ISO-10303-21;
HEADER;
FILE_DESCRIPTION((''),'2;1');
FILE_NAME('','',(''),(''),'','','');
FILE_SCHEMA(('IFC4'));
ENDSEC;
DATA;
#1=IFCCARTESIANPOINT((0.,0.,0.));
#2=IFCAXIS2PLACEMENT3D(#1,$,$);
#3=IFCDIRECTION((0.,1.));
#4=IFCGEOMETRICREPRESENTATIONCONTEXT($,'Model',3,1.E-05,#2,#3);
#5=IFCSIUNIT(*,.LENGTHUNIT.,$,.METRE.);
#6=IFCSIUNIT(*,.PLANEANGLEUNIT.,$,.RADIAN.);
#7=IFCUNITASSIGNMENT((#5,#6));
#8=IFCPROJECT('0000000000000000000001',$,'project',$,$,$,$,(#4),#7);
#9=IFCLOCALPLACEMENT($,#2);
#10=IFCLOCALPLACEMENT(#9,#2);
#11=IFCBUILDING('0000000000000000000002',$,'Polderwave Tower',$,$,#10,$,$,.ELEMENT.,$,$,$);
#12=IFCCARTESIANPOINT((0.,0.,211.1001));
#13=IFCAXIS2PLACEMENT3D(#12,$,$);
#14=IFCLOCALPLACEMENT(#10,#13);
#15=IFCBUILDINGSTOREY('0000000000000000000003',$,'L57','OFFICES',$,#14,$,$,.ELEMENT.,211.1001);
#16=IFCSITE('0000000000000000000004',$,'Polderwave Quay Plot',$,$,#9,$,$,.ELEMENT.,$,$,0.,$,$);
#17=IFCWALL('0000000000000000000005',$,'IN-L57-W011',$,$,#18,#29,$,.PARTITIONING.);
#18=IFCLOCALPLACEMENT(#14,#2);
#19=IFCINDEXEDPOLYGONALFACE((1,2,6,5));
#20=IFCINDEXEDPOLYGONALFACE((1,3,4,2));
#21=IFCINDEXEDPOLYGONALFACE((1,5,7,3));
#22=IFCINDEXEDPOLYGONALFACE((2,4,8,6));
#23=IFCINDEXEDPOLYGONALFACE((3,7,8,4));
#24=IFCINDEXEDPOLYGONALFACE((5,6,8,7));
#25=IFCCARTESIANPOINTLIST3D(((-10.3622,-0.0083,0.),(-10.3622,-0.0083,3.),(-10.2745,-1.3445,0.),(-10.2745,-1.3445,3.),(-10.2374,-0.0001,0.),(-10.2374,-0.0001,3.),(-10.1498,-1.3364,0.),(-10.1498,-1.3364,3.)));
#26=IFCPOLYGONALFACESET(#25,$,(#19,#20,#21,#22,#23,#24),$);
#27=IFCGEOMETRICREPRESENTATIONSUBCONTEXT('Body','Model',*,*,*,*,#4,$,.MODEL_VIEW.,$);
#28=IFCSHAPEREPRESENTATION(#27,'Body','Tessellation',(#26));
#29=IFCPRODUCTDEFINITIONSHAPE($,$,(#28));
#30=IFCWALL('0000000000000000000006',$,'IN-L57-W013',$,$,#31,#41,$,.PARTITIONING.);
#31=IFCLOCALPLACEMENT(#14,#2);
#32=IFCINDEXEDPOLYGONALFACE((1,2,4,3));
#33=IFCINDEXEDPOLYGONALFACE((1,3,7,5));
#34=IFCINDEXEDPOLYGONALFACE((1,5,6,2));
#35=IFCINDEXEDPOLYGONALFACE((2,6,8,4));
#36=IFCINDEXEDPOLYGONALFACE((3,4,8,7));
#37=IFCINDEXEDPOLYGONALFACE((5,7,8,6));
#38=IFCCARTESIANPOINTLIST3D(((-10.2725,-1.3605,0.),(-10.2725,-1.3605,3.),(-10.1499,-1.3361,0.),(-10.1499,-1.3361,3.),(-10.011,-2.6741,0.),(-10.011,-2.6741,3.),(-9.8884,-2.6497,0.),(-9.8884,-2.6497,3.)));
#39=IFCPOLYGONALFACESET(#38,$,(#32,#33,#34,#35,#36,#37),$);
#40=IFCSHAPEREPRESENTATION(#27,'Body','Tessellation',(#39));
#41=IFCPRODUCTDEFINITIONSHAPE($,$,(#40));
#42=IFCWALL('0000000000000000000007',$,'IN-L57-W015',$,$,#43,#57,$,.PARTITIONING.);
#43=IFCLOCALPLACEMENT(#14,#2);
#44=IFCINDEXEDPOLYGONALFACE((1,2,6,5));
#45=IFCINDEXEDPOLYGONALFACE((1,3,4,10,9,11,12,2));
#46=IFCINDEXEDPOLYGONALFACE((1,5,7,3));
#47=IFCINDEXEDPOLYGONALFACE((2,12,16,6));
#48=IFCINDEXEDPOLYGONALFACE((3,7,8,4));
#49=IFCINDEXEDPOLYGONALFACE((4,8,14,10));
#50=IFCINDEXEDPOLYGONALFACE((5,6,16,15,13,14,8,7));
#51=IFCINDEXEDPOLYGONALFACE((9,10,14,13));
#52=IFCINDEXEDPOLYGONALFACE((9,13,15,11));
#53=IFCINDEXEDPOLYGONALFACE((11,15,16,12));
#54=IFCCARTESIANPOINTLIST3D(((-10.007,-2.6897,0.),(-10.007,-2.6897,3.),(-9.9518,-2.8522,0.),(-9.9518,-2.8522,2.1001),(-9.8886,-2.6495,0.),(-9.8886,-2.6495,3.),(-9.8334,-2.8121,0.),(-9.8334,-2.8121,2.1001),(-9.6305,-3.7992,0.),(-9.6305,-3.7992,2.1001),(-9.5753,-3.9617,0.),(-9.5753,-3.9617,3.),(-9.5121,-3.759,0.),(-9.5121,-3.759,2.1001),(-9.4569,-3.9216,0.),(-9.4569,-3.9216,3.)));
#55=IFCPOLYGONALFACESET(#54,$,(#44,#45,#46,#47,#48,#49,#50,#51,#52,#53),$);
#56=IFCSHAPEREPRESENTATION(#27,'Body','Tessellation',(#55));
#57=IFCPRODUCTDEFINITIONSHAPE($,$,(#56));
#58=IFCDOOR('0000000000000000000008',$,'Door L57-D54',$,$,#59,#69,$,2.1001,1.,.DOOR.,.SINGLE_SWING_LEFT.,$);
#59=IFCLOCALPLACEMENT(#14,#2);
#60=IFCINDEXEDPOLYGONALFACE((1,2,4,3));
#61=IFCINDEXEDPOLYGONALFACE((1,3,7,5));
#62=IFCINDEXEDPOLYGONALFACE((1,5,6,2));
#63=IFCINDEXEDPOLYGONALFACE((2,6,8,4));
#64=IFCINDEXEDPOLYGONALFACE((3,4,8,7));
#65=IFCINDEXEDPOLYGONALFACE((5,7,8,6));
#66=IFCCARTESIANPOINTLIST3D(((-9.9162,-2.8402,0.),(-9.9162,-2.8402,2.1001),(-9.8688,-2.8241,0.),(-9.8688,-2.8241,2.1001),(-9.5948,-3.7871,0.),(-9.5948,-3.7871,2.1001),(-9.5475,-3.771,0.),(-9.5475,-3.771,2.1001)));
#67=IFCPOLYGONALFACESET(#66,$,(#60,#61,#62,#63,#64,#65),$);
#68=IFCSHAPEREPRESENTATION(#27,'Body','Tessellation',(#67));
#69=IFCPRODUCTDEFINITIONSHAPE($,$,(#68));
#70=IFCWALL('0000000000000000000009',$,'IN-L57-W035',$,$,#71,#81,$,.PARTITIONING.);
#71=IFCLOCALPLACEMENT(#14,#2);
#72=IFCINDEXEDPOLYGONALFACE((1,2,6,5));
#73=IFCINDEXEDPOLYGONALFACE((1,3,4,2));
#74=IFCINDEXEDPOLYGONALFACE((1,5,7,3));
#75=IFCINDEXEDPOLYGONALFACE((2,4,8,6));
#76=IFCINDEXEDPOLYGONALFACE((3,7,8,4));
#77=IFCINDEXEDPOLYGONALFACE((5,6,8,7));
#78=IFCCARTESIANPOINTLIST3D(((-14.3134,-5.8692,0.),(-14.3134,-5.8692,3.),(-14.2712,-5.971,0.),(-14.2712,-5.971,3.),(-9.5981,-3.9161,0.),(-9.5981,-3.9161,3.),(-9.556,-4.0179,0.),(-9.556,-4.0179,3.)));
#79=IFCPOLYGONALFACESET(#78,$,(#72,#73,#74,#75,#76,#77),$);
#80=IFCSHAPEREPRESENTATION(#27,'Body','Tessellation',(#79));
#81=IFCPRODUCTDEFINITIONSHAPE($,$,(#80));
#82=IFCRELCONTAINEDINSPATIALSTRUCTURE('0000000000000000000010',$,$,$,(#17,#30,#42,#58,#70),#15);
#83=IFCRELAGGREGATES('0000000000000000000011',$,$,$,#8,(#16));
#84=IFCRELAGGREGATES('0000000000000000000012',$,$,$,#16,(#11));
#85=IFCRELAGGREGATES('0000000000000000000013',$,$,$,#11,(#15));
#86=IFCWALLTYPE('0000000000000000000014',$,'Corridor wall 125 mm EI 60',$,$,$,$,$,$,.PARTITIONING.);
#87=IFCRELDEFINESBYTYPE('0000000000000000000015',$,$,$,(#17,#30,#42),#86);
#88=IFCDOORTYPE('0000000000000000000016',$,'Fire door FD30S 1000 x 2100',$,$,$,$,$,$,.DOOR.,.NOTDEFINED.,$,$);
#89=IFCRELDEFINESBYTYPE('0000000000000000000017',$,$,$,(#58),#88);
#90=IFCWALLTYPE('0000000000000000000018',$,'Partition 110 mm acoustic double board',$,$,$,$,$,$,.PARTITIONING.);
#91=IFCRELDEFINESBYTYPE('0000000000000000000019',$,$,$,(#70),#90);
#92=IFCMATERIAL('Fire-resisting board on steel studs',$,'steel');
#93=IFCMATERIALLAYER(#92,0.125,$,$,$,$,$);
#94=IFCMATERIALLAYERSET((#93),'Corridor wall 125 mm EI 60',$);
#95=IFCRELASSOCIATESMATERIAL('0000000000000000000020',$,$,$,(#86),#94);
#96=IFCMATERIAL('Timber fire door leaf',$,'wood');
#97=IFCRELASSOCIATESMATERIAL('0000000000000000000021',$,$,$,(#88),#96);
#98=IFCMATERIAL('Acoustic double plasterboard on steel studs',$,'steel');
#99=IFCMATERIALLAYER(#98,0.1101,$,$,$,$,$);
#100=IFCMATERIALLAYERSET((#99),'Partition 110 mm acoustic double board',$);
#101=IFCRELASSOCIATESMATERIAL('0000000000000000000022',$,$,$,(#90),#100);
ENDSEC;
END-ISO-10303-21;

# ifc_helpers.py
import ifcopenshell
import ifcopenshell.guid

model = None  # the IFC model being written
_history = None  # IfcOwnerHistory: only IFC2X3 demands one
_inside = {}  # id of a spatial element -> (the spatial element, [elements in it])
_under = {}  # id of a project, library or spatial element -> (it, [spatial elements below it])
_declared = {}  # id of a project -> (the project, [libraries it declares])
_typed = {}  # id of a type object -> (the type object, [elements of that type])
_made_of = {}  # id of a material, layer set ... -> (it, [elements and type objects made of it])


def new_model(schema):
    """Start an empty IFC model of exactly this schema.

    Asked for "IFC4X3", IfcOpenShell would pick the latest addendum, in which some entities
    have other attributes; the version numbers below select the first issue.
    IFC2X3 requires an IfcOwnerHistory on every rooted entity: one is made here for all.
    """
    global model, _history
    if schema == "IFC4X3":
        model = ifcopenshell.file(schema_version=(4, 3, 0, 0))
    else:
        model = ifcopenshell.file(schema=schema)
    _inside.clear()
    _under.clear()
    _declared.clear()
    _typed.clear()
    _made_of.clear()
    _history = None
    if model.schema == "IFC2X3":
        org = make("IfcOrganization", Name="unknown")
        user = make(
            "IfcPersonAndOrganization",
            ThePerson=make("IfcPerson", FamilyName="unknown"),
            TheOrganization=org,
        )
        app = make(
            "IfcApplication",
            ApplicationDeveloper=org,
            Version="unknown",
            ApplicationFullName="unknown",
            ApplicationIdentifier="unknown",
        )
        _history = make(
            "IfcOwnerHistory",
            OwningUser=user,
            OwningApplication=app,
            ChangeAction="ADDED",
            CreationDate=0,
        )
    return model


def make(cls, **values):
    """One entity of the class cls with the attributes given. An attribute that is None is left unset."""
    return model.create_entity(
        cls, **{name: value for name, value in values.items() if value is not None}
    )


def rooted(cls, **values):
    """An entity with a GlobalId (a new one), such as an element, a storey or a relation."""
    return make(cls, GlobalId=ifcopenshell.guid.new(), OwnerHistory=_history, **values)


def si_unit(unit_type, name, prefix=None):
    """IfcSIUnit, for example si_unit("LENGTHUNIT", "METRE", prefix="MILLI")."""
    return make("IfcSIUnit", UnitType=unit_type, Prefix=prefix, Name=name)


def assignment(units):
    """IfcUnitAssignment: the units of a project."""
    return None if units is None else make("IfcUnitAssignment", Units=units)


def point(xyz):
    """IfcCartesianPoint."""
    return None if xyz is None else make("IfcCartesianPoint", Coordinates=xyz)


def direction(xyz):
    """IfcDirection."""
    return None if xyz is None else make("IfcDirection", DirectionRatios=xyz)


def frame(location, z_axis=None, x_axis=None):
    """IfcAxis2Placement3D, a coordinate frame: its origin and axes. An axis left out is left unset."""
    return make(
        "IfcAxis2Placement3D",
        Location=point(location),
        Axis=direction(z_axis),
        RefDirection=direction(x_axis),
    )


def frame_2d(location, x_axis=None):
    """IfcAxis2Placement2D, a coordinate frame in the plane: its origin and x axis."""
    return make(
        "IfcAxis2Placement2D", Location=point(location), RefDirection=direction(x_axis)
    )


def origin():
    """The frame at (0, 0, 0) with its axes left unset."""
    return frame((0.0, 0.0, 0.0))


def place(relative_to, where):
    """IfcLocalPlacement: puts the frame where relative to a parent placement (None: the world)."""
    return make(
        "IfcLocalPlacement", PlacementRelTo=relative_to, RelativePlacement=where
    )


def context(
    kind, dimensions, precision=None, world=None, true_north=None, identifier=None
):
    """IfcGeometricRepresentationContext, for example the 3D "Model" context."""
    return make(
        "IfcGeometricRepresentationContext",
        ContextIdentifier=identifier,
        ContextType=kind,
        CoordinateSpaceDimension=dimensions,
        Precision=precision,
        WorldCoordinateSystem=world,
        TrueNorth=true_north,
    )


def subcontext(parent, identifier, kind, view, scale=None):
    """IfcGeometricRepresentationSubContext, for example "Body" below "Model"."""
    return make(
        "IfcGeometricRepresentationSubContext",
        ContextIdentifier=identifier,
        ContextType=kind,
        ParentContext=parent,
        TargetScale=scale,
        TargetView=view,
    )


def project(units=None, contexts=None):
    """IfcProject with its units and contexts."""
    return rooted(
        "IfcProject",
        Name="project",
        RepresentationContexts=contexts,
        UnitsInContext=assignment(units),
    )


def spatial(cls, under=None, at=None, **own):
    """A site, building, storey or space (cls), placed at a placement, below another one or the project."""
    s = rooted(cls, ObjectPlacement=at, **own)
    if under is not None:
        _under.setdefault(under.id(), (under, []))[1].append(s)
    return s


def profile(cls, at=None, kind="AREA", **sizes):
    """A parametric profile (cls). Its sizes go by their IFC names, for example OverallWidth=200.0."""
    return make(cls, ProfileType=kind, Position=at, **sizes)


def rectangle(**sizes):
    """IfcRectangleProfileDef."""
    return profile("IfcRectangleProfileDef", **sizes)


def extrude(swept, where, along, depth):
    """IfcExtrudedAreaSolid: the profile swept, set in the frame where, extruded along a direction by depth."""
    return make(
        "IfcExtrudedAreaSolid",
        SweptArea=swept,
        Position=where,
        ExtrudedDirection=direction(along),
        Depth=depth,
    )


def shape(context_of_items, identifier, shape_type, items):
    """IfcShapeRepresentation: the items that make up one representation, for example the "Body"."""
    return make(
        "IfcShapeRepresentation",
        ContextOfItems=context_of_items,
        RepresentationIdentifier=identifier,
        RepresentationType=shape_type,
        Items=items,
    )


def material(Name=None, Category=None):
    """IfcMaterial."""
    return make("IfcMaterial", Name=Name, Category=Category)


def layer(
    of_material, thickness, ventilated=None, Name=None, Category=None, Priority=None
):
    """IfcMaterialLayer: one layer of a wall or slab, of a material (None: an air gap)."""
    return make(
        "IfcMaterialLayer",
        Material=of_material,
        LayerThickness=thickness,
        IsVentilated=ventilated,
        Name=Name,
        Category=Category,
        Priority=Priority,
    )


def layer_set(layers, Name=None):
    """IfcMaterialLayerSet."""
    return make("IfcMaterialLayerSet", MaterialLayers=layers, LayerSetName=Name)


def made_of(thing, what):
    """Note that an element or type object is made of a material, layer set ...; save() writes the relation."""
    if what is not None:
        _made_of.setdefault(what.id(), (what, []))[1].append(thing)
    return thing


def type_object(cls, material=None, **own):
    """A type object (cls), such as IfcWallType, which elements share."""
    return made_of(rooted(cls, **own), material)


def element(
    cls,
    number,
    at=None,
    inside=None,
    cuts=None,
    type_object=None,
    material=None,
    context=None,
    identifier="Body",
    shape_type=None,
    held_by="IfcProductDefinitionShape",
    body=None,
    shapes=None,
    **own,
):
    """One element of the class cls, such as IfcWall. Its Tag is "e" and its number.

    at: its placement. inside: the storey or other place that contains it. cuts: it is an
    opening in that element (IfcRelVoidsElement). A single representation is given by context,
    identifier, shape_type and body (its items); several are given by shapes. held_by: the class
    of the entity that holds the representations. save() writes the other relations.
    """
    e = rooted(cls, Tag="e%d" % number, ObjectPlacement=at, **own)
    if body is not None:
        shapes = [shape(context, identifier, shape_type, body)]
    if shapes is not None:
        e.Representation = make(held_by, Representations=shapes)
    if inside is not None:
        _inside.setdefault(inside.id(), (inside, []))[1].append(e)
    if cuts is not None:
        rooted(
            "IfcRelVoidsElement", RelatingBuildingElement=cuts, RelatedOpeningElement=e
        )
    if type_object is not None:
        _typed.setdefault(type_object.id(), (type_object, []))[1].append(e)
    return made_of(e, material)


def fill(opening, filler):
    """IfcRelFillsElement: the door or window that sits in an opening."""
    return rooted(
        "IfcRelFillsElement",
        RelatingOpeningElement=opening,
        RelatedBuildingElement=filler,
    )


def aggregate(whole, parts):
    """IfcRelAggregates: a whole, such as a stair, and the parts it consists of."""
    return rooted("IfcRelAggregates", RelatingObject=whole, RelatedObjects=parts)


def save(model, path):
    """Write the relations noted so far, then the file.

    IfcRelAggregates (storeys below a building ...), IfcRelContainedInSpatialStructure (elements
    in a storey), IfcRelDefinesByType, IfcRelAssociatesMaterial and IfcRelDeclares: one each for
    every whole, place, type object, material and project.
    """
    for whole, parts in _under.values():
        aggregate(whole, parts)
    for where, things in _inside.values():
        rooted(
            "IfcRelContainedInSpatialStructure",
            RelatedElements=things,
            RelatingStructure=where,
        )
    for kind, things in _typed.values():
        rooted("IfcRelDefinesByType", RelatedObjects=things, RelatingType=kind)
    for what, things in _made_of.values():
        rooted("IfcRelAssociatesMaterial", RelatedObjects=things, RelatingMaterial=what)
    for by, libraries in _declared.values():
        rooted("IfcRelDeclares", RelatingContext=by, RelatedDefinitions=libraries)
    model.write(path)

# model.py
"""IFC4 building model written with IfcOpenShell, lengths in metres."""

from ifc_helpers import new_model, si_unit, direction, frame, frame_2d, origin, place, context, subcontext, project, spatial, rectangle, extrude, material, layer, layer_set, type_object, element, fill, save


model = new_model("IFC4")

# Units and contexts
model_context = context("Model", 3, precision=1e-05, world=origin(), true_north=direction((0.0, 1.0)))
body_context = subcontext(model_context, "Body", "Model", "MODEL_VIEW")
ifc_project = project(units=[si_unit("LENGTHUNIT", "METRE"), si_unit("PLANEANGLEUNIT", "RADIAN")], contexts=[model_context])

# Site, building, storey
site_placement = place(None, origin())
site = spatial("IfcSite", under=ifc_project, at=site_placement, Name="Polderwave Quay Plot", CompositionType="ELEMENT", RefElevation=0.0)
building_placement = place(site_placement, origin())
building = spatial("IfcBuilding", under=site, at=building_placement, Name="Polderwave Tower", CompositionType="ELEMENT")
storey_placement = place(building_placement, frame((0.0, 0.0, 211.1001)))
storey = spatial("IfcBuildingStorey", under=building, at=storey_placement, Name="L57", Description="OFFICES", CompositionType="ELEMENT", Elevation=211.1001)

# Walls
ifc_material_1 = material(Name="Fire-resisting board on steel studs", Category="steel")
ifc_layer_1 = layer(ifc_material_1, 0.125)
ifc_layer_set_1 = layer_set([ifc_layer_1], Name="Corridor wall 125 mm EI 60")
wall_type_1 = type_object("IfcWallType", Name="Corridor wall 125 mm EI 60", PredefinedType="PARTITIONING", material=ifc_layer_set_1)
wall_1_placement = place(storey_placement, frame((-10.2122, -1.3403, 0.0), z_axis=(0.0, 0.0, 1.0), x_axis=(-0.065454, 0.997856, 0.0)))
element("IfcWall", 1, at=wall_1_placement, inside=storey, type_object=wall_type_1, Name="IN-L57-W011", PredefinedType="PARTITIONING", context=body_context, shape_type="SweptSolid", body=[
    extrude(rectangle(XDim=1.3391, YDim=0.125, at=frame_2d((0.6694, 0.0))), origin(), (0.0, 0.0, 1.0), 3.0),
])
wall_2_placement = place(storey_placement, frame((-9.9497, -2.6619, 0.0), z_axis=(0.0, 0.0, 1.0), x_axis=(-0.19524, 0.980756, 0.0)))
element("IfcWall", 2, at=wall_2_placement, inside=storey, type_object=wall_type_1, Name="IN-L57-W013", PredefinedType="PARTITIONING", context=body_context, shape_type="SweptSolid", body=[
    extrude(rectangle(XDim=1.3394, YDim=0.125, at=frame_2d((0.6697, 0.0))), origin(), (0.0, 0.0, 1.0), 3.0),
])

# Wall, opening, door
wall_3_placement = place(storey_placement, frame((-9.5161, -3.9417, 0.0), z_axis=(0.0, 0.0, 1.0), x_axis=(-0.321349, 0.946961, 0.0)))
wall_3 = element("IfcWall", 3, at=wall_3_placement, inside=storey, type_object=wall_type_1, Name="IN-L57-W015", PredefinedType="PARTITIONING", context=body_context, shape_type="SweptSolid", body=[
    extrude(rectangle(XDim=1.3433, YDim=0.125, at=frame_2d((0.6716, 0.0))), origin(), (0.0, 0.0, 1.0), 3.0),
])
opening_placement = place(wall_3_placement, frame((0.1716, 0.0, 0.0)))
opening = element("IfcOpeningElement", 4, at=opening_placement, cuts=wall_3, PredefinedType="OPENING", context=body_context, shape_type="SweptSolid", body=[
    extrude(rectangle(XDim=1.0, YDim=2.1001, at=frame_2d((0.5, 1.05))), frame((0.0, 0.0725, 0.0), z_axis=(0.0, -1.0, 0.0), x_axis=(1.0, 0.0, 0.0)), (0.0, 0.0, 1.0), 0.145),
])
ifc_material_2 = material(Name="Timber fire door leaf", Category="wood")
door_type = type_object("IfcDoorType", Name="Fire door FD30S 1000 x 2100", OperationType="NOTDEFINED", PredefinedType="DOOR", material=ifc_material_2)
door_placement = place(opening_placement, origin())
door = element("IfcDoor", 5, at=door_placement, inside=storey, type_object=door_type, Name="Door L57-D54", OperationType="SINGLE_SWING_LEFT", OverallHeight=2.1001, OverallWidth=1.0, PredefinedType="DOOR", context=body_context, shape_type="SweptSolid", body=[
    extrude(rectangle(XDim=1.0, YDim=2.1001, at=frame_2d((0.5, 1.05))), frame((0.0, 0.0249, 0.0), z_axis=(0.0, -1.0, 0.0), x_axis=(1.0, 0.0, 0.0)), (0.0, 0.0, 1.0), 0.05),
])
fill(opening, door)

# Wall
ifc_material_3 = material(Name="Acoustic double plasterboard on steel studs", Category="steel")
ifc_layer_2 = layer(ifc_material_3, 0.1101)
ifc_layer_set_2 = layer_set([ifc_layer_2], Name="Partition 110 mm acoustic double board")
wall_type_2 = type_object("IfcWallType", Name="Partition 110 mm acoustic double board", PredefinedType="PARTITIONING", material=ifc_layer_set_2)
wall_4_placement = place(storey_placement, frame((-9.5771, -3.967, 0.0), z_axis=(0.0, 0.0, 1.0), x_axis=(-0.923882, -0.382679, 0.0)))
element("IfcWall", 6, at=wall_4_placement, inside=storey, type_object=wall_type_2, Name="IN-L57-W035", PredefinedType="PARTITIONING", context=body_context, shape_type="SweptSolid", body=[
    extrude(rectangle(XDim=5.1038, YDim=0.1101, at=frame_2d((2.5518, 0.0))), origin(), (0.0, 0.0, 1.0), 3.0),
])

save(model, "model.ifc")
